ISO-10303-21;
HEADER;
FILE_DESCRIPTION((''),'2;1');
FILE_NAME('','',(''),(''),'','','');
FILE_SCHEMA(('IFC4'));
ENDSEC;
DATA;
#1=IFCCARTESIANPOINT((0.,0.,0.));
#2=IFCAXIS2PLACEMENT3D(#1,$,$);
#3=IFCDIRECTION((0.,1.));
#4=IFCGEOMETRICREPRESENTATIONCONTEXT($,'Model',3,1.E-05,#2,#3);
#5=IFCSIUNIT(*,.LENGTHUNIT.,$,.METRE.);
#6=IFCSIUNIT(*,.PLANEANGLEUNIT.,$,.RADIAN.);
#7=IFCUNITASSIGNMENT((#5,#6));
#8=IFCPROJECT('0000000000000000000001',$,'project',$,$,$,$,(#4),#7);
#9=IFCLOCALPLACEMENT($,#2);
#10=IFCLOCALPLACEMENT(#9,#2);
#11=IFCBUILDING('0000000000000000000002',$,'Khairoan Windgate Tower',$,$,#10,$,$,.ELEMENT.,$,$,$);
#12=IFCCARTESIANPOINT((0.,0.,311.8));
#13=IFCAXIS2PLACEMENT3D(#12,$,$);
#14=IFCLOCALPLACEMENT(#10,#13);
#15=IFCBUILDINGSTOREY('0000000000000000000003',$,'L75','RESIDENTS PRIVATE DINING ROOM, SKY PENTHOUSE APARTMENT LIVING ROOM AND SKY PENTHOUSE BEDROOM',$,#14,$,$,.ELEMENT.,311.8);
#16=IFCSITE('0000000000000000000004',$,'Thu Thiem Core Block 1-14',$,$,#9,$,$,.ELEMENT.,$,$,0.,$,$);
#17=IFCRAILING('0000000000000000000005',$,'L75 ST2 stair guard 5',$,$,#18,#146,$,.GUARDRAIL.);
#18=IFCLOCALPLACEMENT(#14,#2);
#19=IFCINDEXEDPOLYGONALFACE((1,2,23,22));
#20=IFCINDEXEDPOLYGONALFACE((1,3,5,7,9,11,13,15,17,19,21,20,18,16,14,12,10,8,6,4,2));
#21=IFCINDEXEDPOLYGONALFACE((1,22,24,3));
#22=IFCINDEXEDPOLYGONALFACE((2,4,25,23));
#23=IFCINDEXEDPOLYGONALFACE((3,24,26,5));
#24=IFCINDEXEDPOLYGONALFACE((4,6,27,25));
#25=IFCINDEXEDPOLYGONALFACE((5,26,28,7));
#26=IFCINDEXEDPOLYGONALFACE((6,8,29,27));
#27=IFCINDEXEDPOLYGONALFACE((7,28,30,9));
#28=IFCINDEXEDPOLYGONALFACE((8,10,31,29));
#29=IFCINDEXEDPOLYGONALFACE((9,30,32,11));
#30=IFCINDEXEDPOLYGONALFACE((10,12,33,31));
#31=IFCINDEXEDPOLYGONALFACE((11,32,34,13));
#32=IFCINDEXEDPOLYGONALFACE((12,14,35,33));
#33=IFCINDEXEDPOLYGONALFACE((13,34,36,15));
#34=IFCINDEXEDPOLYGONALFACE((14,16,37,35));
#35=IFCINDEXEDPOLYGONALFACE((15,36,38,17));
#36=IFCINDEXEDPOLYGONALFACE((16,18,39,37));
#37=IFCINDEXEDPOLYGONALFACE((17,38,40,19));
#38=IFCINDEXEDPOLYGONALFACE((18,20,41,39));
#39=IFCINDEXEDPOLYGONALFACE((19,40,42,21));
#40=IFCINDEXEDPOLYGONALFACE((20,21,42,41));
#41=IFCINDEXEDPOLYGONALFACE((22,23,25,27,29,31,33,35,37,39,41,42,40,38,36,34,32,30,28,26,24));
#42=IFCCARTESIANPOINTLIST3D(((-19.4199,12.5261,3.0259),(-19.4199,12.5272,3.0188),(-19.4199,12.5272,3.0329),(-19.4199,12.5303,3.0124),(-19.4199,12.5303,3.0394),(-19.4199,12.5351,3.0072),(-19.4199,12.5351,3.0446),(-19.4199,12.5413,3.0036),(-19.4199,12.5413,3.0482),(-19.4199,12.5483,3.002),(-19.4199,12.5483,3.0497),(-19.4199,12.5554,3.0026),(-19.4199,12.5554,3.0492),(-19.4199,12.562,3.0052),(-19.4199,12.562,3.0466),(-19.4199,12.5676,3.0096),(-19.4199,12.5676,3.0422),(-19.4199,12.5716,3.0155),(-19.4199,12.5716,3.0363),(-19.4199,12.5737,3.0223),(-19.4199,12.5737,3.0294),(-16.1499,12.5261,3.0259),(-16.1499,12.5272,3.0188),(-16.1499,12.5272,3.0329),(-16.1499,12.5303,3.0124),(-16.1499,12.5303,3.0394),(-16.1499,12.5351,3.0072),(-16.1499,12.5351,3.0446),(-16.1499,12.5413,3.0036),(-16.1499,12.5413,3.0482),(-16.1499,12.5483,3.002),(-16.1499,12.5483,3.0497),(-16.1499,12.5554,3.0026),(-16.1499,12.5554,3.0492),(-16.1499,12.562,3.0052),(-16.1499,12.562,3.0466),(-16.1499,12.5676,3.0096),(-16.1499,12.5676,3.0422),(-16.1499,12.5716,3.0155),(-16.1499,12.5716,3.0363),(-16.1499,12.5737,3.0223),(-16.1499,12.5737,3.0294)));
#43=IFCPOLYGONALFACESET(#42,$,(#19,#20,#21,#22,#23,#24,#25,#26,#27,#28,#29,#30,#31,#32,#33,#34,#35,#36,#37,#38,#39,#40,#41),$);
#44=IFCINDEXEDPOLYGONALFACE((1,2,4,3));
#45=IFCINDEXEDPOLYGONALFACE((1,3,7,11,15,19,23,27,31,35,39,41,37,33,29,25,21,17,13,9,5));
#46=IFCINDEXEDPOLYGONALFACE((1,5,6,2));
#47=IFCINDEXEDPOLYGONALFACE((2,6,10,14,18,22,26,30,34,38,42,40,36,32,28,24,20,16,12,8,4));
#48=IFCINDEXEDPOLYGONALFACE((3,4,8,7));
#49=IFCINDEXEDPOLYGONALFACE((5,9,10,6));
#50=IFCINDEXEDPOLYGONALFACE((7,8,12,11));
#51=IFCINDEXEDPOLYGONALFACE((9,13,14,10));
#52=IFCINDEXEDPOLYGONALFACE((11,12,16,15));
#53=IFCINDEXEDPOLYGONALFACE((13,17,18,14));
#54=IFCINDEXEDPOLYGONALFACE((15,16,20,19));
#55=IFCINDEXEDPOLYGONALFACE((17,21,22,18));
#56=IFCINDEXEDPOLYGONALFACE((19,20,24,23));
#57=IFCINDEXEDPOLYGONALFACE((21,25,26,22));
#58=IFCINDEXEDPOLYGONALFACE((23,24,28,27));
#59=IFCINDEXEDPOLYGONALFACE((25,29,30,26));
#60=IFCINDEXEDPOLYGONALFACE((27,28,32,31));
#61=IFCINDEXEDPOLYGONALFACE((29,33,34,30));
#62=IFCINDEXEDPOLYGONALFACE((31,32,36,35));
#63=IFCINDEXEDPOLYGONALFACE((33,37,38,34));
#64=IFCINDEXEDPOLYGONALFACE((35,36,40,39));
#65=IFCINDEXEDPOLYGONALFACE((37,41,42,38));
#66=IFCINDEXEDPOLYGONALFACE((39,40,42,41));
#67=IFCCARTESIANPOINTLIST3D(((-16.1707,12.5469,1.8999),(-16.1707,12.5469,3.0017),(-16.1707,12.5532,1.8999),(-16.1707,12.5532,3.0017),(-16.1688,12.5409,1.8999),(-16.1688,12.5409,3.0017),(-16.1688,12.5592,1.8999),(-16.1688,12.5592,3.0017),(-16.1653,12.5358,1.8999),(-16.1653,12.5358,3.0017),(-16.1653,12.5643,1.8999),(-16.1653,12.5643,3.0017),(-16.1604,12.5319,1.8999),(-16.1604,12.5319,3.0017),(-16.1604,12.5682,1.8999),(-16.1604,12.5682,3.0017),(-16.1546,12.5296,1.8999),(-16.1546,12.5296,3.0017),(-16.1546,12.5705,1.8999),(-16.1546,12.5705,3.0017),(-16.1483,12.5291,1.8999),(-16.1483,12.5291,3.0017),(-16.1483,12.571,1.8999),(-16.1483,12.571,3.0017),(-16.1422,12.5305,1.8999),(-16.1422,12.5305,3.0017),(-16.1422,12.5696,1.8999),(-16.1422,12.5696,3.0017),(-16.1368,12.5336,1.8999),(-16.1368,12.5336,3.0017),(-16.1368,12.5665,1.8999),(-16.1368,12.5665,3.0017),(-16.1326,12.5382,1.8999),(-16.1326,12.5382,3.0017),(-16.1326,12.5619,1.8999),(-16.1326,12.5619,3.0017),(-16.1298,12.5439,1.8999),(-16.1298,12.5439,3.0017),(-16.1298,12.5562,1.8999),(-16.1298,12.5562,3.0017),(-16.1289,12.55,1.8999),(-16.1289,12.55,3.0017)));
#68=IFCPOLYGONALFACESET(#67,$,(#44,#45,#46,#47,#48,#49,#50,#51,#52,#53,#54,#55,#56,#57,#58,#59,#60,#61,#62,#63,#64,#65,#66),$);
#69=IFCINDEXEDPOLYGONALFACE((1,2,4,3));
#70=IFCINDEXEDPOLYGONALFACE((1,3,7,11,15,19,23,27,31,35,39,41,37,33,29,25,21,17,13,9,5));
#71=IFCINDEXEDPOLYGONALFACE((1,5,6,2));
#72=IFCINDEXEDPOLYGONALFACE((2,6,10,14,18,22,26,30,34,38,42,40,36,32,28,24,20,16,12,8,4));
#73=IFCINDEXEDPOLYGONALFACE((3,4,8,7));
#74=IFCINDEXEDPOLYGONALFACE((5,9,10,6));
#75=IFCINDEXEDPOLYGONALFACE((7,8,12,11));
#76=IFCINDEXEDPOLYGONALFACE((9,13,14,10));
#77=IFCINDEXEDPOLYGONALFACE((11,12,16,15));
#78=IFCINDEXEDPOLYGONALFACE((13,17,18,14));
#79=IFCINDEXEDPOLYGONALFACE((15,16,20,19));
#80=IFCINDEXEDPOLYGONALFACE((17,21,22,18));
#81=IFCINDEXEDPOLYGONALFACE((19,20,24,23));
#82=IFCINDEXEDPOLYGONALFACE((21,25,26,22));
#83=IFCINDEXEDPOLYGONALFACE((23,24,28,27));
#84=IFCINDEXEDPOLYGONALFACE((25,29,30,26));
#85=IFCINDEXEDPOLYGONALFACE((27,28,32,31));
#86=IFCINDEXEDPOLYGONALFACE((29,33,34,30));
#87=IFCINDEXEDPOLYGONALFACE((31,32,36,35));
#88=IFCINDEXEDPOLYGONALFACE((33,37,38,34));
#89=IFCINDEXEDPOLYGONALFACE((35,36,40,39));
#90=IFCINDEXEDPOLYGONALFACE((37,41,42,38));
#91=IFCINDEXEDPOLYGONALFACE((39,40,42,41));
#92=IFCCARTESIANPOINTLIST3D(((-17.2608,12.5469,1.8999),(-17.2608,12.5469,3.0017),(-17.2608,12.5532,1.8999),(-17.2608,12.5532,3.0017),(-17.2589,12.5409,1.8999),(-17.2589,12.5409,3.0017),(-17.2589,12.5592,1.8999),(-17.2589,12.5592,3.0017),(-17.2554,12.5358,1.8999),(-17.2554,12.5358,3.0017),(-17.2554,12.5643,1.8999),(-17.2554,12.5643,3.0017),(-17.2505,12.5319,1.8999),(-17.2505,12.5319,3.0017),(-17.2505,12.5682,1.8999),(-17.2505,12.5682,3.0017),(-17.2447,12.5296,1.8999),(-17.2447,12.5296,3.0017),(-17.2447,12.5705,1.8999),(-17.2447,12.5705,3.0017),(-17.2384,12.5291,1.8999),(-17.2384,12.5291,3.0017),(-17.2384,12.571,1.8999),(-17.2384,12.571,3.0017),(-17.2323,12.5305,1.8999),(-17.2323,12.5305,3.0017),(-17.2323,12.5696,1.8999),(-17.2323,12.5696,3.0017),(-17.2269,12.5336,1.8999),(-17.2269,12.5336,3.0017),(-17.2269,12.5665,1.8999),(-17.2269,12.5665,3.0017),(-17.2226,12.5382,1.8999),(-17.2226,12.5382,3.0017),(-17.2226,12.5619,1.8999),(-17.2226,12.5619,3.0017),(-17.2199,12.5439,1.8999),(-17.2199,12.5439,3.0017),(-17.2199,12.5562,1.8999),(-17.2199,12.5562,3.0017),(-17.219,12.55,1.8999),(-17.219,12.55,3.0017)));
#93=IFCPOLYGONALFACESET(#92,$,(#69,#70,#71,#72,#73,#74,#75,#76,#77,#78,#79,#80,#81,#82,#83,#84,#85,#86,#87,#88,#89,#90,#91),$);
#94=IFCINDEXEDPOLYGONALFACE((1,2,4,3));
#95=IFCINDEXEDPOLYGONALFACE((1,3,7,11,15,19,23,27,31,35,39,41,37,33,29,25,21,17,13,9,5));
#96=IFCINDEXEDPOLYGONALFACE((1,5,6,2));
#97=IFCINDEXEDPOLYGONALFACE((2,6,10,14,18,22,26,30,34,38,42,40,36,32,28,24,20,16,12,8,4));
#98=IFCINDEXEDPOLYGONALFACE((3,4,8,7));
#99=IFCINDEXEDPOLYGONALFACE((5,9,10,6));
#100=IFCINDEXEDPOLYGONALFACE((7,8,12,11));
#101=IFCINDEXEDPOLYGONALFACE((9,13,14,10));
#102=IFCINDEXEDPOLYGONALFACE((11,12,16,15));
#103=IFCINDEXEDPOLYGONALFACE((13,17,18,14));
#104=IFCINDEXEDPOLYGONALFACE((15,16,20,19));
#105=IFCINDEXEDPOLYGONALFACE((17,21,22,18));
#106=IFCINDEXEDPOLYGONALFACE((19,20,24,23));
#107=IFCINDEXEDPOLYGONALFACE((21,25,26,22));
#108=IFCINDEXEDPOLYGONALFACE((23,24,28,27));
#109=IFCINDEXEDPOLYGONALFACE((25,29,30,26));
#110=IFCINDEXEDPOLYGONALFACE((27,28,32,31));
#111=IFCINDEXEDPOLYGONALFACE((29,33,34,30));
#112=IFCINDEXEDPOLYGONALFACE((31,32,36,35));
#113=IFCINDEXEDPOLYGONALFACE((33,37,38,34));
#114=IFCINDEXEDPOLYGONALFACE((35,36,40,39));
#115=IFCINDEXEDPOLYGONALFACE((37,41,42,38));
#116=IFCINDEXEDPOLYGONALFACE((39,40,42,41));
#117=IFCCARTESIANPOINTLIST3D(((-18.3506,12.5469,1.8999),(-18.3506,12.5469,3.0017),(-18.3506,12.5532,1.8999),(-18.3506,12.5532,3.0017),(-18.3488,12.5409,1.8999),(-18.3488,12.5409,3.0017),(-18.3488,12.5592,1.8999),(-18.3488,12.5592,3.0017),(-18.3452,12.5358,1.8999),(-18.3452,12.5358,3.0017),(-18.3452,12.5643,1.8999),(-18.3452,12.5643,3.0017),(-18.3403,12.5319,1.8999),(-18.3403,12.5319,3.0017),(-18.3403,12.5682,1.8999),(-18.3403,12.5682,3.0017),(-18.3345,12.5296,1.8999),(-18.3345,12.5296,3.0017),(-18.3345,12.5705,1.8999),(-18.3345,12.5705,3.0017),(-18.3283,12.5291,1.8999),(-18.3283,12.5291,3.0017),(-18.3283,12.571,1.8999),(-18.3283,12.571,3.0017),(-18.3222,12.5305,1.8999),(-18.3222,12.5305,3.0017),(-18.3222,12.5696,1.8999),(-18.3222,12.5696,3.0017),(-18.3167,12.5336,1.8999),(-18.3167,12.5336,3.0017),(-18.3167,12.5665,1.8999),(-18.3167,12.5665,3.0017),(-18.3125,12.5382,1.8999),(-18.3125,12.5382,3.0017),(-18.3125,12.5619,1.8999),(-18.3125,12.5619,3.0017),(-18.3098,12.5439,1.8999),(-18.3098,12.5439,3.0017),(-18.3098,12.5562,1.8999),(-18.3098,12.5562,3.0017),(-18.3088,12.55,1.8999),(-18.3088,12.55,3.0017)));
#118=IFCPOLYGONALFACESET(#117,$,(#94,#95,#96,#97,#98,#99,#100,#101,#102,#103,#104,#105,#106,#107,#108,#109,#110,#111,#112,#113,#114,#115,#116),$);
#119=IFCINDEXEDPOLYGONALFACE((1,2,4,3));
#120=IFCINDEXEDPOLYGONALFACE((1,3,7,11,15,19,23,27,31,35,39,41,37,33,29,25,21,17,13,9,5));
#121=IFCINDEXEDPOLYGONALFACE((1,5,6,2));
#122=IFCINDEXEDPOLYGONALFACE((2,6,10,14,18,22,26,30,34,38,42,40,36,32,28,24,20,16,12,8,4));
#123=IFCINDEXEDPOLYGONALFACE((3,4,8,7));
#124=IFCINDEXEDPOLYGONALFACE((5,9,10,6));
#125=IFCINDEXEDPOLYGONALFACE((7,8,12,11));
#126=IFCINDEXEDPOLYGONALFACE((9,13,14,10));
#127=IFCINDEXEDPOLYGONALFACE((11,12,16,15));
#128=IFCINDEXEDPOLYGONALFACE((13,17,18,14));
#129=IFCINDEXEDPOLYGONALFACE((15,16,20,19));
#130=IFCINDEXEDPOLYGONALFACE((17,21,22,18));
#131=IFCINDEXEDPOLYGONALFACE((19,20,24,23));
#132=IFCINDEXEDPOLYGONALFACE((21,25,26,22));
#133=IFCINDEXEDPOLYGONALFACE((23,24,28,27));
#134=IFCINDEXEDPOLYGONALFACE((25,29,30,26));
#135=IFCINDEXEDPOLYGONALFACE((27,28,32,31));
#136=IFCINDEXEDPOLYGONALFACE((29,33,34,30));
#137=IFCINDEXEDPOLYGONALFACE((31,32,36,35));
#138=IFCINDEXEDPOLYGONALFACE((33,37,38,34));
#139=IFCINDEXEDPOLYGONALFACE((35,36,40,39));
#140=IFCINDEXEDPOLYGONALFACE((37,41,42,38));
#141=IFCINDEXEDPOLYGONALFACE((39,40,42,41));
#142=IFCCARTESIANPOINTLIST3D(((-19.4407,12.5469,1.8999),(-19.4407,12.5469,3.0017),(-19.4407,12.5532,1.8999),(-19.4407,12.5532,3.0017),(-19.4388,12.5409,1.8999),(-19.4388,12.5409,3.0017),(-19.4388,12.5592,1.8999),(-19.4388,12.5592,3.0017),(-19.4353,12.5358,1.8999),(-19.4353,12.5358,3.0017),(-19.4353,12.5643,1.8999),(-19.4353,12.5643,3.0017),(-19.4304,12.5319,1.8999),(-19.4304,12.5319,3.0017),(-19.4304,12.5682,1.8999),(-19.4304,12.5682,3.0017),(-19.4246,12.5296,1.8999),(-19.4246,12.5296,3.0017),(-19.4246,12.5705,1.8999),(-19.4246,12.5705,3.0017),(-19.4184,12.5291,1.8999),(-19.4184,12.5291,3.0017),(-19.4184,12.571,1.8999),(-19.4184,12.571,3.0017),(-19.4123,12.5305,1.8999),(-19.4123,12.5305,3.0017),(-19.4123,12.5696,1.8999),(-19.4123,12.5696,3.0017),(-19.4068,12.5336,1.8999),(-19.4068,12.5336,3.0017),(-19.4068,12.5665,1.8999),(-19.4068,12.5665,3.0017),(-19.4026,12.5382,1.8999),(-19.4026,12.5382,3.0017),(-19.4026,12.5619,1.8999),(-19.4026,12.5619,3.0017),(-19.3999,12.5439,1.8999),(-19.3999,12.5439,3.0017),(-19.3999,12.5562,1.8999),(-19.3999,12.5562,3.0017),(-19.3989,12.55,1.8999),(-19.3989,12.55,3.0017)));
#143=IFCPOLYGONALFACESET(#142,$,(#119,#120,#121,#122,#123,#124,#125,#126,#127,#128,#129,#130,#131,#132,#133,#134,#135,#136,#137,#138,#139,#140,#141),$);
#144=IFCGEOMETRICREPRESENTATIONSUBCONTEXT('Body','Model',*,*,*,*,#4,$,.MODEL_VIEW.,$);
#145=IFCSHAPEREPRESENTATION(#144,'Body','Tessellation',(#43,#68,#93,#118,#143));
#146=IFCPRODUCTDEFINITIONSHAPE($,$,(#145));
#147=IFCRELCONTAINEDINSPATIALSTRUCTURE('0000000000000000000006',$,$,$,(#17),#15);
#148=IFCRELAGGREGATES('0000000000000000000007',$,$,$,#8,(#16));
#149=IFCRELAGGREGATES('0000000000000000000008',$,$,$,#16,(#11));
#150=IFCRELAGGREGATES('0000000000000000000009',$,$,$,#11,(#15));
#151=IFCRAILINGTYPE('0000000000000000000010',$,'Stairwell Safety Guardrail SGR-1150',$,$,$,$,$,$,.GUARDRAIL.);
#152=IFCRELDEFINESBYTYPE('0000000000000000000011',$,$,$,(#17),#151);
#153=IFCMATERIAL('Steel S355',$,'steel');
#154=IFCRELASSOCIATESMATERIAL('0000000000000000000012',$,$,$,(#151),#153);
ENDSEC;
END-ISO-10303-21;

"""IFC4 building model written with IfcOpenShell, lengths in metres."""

from ifc_helpers import new_model, si_unit, direction, frame, origin, origin_2d, place, context, subcontext, project, spatial, circle, extrude, material, type_object, element, save


model = new_model("IFC4")

# Units and contexts
model_context = context("Model", 3, precision=1e-05, world=origin(), true_north=direction((0.0, 1.0)))
body_context = subcontext(model_context, "Body", "Model", "MODEL_VIEW")
ifc_project = project(units=[si_unit("LENGTHUNIT", "METRE"), si_unit("PLANEANGLEUNIT", "RADIAN")], contexts=[model_context])

# Site, building, storey
site_placement = place(None, origin())
site = spatial("IfcSite", under=ifc_project, at=site_placement, Name="Thu Thiem Core Block 1-14", CompositionType="ELEMENT", RefElevation=0.0)
building_placement = place(site_placement, origin())
building = spatial("IfcBuilding", under=site, at=building_placement, Name="Khairoan Windgate Tower", CompositionType="ELEMENT")
storey_placement = place(building_placement, frame((0.0, 0.0, 311.8)))
storey = spatial("IfcBuildingStorey", under=building, at=storey_placement, Name="L75", Description="RESIDENTS PRIVATE DINING ROOM, SKY PENTHOUSE APARTMENT LIVING ROOM AND SKY PENTHOUSE BEDROOM", CompositionType="ELEMENT", Elevation=311.8)

# Railing
ifc_material_1 = material(Name="Steel S355", Category="steel")
railing_type = type_object("IfcRailingType", Name="Stairwell Safety Guardrail SGR-1150", PredefinedType="GUARDRAIL", material=ifc_material_1)
railing_1_placement = place(storey_placement, frame((-16.1499, 12.55, 1.8999)))
element("IfcRailing", 1, at=railing_1_placement, inside=storey, type_object=railing_type, Name="L75 ST2 stair guard 5", PredefinedType="GUARDRAIL", context=body_context, shape_type="SweptSolid", body=[
    extrude(circle(Radius=0.0239, at=origin_2d()), frame((0.0, 0.0, 1.126), z_axis=(-1.0, 0.0, 0.0), x_axis=(0.0, -1.0, 0.0)), (0.0, 0.0, 1.0), 3.27),
    extrude(circle(Radius=0.021, at=origin_2d()), origin(), (0.0, 0.0, 1.0), 1.1018),
    extrude(circle(Radius=0.021, at=origin_2d()), frame((-1.0901, 0.0, 0.0)), (0.0, 0.0, 1.0), 1.1018),
    extrude(circle(Radius=0.021, at=origin_2d()), frame((-2.1799, 0.0, 0.0)), (0.0, 0.0, 1.0), 1.1018),
    extrude(circle(Radius=0.021, at=origin_2d()), frame((-3.27, 0.0, 0.0)), (0.0, 0.0, 1.0), 1.1018),
])

save(model, "model.ifc")
